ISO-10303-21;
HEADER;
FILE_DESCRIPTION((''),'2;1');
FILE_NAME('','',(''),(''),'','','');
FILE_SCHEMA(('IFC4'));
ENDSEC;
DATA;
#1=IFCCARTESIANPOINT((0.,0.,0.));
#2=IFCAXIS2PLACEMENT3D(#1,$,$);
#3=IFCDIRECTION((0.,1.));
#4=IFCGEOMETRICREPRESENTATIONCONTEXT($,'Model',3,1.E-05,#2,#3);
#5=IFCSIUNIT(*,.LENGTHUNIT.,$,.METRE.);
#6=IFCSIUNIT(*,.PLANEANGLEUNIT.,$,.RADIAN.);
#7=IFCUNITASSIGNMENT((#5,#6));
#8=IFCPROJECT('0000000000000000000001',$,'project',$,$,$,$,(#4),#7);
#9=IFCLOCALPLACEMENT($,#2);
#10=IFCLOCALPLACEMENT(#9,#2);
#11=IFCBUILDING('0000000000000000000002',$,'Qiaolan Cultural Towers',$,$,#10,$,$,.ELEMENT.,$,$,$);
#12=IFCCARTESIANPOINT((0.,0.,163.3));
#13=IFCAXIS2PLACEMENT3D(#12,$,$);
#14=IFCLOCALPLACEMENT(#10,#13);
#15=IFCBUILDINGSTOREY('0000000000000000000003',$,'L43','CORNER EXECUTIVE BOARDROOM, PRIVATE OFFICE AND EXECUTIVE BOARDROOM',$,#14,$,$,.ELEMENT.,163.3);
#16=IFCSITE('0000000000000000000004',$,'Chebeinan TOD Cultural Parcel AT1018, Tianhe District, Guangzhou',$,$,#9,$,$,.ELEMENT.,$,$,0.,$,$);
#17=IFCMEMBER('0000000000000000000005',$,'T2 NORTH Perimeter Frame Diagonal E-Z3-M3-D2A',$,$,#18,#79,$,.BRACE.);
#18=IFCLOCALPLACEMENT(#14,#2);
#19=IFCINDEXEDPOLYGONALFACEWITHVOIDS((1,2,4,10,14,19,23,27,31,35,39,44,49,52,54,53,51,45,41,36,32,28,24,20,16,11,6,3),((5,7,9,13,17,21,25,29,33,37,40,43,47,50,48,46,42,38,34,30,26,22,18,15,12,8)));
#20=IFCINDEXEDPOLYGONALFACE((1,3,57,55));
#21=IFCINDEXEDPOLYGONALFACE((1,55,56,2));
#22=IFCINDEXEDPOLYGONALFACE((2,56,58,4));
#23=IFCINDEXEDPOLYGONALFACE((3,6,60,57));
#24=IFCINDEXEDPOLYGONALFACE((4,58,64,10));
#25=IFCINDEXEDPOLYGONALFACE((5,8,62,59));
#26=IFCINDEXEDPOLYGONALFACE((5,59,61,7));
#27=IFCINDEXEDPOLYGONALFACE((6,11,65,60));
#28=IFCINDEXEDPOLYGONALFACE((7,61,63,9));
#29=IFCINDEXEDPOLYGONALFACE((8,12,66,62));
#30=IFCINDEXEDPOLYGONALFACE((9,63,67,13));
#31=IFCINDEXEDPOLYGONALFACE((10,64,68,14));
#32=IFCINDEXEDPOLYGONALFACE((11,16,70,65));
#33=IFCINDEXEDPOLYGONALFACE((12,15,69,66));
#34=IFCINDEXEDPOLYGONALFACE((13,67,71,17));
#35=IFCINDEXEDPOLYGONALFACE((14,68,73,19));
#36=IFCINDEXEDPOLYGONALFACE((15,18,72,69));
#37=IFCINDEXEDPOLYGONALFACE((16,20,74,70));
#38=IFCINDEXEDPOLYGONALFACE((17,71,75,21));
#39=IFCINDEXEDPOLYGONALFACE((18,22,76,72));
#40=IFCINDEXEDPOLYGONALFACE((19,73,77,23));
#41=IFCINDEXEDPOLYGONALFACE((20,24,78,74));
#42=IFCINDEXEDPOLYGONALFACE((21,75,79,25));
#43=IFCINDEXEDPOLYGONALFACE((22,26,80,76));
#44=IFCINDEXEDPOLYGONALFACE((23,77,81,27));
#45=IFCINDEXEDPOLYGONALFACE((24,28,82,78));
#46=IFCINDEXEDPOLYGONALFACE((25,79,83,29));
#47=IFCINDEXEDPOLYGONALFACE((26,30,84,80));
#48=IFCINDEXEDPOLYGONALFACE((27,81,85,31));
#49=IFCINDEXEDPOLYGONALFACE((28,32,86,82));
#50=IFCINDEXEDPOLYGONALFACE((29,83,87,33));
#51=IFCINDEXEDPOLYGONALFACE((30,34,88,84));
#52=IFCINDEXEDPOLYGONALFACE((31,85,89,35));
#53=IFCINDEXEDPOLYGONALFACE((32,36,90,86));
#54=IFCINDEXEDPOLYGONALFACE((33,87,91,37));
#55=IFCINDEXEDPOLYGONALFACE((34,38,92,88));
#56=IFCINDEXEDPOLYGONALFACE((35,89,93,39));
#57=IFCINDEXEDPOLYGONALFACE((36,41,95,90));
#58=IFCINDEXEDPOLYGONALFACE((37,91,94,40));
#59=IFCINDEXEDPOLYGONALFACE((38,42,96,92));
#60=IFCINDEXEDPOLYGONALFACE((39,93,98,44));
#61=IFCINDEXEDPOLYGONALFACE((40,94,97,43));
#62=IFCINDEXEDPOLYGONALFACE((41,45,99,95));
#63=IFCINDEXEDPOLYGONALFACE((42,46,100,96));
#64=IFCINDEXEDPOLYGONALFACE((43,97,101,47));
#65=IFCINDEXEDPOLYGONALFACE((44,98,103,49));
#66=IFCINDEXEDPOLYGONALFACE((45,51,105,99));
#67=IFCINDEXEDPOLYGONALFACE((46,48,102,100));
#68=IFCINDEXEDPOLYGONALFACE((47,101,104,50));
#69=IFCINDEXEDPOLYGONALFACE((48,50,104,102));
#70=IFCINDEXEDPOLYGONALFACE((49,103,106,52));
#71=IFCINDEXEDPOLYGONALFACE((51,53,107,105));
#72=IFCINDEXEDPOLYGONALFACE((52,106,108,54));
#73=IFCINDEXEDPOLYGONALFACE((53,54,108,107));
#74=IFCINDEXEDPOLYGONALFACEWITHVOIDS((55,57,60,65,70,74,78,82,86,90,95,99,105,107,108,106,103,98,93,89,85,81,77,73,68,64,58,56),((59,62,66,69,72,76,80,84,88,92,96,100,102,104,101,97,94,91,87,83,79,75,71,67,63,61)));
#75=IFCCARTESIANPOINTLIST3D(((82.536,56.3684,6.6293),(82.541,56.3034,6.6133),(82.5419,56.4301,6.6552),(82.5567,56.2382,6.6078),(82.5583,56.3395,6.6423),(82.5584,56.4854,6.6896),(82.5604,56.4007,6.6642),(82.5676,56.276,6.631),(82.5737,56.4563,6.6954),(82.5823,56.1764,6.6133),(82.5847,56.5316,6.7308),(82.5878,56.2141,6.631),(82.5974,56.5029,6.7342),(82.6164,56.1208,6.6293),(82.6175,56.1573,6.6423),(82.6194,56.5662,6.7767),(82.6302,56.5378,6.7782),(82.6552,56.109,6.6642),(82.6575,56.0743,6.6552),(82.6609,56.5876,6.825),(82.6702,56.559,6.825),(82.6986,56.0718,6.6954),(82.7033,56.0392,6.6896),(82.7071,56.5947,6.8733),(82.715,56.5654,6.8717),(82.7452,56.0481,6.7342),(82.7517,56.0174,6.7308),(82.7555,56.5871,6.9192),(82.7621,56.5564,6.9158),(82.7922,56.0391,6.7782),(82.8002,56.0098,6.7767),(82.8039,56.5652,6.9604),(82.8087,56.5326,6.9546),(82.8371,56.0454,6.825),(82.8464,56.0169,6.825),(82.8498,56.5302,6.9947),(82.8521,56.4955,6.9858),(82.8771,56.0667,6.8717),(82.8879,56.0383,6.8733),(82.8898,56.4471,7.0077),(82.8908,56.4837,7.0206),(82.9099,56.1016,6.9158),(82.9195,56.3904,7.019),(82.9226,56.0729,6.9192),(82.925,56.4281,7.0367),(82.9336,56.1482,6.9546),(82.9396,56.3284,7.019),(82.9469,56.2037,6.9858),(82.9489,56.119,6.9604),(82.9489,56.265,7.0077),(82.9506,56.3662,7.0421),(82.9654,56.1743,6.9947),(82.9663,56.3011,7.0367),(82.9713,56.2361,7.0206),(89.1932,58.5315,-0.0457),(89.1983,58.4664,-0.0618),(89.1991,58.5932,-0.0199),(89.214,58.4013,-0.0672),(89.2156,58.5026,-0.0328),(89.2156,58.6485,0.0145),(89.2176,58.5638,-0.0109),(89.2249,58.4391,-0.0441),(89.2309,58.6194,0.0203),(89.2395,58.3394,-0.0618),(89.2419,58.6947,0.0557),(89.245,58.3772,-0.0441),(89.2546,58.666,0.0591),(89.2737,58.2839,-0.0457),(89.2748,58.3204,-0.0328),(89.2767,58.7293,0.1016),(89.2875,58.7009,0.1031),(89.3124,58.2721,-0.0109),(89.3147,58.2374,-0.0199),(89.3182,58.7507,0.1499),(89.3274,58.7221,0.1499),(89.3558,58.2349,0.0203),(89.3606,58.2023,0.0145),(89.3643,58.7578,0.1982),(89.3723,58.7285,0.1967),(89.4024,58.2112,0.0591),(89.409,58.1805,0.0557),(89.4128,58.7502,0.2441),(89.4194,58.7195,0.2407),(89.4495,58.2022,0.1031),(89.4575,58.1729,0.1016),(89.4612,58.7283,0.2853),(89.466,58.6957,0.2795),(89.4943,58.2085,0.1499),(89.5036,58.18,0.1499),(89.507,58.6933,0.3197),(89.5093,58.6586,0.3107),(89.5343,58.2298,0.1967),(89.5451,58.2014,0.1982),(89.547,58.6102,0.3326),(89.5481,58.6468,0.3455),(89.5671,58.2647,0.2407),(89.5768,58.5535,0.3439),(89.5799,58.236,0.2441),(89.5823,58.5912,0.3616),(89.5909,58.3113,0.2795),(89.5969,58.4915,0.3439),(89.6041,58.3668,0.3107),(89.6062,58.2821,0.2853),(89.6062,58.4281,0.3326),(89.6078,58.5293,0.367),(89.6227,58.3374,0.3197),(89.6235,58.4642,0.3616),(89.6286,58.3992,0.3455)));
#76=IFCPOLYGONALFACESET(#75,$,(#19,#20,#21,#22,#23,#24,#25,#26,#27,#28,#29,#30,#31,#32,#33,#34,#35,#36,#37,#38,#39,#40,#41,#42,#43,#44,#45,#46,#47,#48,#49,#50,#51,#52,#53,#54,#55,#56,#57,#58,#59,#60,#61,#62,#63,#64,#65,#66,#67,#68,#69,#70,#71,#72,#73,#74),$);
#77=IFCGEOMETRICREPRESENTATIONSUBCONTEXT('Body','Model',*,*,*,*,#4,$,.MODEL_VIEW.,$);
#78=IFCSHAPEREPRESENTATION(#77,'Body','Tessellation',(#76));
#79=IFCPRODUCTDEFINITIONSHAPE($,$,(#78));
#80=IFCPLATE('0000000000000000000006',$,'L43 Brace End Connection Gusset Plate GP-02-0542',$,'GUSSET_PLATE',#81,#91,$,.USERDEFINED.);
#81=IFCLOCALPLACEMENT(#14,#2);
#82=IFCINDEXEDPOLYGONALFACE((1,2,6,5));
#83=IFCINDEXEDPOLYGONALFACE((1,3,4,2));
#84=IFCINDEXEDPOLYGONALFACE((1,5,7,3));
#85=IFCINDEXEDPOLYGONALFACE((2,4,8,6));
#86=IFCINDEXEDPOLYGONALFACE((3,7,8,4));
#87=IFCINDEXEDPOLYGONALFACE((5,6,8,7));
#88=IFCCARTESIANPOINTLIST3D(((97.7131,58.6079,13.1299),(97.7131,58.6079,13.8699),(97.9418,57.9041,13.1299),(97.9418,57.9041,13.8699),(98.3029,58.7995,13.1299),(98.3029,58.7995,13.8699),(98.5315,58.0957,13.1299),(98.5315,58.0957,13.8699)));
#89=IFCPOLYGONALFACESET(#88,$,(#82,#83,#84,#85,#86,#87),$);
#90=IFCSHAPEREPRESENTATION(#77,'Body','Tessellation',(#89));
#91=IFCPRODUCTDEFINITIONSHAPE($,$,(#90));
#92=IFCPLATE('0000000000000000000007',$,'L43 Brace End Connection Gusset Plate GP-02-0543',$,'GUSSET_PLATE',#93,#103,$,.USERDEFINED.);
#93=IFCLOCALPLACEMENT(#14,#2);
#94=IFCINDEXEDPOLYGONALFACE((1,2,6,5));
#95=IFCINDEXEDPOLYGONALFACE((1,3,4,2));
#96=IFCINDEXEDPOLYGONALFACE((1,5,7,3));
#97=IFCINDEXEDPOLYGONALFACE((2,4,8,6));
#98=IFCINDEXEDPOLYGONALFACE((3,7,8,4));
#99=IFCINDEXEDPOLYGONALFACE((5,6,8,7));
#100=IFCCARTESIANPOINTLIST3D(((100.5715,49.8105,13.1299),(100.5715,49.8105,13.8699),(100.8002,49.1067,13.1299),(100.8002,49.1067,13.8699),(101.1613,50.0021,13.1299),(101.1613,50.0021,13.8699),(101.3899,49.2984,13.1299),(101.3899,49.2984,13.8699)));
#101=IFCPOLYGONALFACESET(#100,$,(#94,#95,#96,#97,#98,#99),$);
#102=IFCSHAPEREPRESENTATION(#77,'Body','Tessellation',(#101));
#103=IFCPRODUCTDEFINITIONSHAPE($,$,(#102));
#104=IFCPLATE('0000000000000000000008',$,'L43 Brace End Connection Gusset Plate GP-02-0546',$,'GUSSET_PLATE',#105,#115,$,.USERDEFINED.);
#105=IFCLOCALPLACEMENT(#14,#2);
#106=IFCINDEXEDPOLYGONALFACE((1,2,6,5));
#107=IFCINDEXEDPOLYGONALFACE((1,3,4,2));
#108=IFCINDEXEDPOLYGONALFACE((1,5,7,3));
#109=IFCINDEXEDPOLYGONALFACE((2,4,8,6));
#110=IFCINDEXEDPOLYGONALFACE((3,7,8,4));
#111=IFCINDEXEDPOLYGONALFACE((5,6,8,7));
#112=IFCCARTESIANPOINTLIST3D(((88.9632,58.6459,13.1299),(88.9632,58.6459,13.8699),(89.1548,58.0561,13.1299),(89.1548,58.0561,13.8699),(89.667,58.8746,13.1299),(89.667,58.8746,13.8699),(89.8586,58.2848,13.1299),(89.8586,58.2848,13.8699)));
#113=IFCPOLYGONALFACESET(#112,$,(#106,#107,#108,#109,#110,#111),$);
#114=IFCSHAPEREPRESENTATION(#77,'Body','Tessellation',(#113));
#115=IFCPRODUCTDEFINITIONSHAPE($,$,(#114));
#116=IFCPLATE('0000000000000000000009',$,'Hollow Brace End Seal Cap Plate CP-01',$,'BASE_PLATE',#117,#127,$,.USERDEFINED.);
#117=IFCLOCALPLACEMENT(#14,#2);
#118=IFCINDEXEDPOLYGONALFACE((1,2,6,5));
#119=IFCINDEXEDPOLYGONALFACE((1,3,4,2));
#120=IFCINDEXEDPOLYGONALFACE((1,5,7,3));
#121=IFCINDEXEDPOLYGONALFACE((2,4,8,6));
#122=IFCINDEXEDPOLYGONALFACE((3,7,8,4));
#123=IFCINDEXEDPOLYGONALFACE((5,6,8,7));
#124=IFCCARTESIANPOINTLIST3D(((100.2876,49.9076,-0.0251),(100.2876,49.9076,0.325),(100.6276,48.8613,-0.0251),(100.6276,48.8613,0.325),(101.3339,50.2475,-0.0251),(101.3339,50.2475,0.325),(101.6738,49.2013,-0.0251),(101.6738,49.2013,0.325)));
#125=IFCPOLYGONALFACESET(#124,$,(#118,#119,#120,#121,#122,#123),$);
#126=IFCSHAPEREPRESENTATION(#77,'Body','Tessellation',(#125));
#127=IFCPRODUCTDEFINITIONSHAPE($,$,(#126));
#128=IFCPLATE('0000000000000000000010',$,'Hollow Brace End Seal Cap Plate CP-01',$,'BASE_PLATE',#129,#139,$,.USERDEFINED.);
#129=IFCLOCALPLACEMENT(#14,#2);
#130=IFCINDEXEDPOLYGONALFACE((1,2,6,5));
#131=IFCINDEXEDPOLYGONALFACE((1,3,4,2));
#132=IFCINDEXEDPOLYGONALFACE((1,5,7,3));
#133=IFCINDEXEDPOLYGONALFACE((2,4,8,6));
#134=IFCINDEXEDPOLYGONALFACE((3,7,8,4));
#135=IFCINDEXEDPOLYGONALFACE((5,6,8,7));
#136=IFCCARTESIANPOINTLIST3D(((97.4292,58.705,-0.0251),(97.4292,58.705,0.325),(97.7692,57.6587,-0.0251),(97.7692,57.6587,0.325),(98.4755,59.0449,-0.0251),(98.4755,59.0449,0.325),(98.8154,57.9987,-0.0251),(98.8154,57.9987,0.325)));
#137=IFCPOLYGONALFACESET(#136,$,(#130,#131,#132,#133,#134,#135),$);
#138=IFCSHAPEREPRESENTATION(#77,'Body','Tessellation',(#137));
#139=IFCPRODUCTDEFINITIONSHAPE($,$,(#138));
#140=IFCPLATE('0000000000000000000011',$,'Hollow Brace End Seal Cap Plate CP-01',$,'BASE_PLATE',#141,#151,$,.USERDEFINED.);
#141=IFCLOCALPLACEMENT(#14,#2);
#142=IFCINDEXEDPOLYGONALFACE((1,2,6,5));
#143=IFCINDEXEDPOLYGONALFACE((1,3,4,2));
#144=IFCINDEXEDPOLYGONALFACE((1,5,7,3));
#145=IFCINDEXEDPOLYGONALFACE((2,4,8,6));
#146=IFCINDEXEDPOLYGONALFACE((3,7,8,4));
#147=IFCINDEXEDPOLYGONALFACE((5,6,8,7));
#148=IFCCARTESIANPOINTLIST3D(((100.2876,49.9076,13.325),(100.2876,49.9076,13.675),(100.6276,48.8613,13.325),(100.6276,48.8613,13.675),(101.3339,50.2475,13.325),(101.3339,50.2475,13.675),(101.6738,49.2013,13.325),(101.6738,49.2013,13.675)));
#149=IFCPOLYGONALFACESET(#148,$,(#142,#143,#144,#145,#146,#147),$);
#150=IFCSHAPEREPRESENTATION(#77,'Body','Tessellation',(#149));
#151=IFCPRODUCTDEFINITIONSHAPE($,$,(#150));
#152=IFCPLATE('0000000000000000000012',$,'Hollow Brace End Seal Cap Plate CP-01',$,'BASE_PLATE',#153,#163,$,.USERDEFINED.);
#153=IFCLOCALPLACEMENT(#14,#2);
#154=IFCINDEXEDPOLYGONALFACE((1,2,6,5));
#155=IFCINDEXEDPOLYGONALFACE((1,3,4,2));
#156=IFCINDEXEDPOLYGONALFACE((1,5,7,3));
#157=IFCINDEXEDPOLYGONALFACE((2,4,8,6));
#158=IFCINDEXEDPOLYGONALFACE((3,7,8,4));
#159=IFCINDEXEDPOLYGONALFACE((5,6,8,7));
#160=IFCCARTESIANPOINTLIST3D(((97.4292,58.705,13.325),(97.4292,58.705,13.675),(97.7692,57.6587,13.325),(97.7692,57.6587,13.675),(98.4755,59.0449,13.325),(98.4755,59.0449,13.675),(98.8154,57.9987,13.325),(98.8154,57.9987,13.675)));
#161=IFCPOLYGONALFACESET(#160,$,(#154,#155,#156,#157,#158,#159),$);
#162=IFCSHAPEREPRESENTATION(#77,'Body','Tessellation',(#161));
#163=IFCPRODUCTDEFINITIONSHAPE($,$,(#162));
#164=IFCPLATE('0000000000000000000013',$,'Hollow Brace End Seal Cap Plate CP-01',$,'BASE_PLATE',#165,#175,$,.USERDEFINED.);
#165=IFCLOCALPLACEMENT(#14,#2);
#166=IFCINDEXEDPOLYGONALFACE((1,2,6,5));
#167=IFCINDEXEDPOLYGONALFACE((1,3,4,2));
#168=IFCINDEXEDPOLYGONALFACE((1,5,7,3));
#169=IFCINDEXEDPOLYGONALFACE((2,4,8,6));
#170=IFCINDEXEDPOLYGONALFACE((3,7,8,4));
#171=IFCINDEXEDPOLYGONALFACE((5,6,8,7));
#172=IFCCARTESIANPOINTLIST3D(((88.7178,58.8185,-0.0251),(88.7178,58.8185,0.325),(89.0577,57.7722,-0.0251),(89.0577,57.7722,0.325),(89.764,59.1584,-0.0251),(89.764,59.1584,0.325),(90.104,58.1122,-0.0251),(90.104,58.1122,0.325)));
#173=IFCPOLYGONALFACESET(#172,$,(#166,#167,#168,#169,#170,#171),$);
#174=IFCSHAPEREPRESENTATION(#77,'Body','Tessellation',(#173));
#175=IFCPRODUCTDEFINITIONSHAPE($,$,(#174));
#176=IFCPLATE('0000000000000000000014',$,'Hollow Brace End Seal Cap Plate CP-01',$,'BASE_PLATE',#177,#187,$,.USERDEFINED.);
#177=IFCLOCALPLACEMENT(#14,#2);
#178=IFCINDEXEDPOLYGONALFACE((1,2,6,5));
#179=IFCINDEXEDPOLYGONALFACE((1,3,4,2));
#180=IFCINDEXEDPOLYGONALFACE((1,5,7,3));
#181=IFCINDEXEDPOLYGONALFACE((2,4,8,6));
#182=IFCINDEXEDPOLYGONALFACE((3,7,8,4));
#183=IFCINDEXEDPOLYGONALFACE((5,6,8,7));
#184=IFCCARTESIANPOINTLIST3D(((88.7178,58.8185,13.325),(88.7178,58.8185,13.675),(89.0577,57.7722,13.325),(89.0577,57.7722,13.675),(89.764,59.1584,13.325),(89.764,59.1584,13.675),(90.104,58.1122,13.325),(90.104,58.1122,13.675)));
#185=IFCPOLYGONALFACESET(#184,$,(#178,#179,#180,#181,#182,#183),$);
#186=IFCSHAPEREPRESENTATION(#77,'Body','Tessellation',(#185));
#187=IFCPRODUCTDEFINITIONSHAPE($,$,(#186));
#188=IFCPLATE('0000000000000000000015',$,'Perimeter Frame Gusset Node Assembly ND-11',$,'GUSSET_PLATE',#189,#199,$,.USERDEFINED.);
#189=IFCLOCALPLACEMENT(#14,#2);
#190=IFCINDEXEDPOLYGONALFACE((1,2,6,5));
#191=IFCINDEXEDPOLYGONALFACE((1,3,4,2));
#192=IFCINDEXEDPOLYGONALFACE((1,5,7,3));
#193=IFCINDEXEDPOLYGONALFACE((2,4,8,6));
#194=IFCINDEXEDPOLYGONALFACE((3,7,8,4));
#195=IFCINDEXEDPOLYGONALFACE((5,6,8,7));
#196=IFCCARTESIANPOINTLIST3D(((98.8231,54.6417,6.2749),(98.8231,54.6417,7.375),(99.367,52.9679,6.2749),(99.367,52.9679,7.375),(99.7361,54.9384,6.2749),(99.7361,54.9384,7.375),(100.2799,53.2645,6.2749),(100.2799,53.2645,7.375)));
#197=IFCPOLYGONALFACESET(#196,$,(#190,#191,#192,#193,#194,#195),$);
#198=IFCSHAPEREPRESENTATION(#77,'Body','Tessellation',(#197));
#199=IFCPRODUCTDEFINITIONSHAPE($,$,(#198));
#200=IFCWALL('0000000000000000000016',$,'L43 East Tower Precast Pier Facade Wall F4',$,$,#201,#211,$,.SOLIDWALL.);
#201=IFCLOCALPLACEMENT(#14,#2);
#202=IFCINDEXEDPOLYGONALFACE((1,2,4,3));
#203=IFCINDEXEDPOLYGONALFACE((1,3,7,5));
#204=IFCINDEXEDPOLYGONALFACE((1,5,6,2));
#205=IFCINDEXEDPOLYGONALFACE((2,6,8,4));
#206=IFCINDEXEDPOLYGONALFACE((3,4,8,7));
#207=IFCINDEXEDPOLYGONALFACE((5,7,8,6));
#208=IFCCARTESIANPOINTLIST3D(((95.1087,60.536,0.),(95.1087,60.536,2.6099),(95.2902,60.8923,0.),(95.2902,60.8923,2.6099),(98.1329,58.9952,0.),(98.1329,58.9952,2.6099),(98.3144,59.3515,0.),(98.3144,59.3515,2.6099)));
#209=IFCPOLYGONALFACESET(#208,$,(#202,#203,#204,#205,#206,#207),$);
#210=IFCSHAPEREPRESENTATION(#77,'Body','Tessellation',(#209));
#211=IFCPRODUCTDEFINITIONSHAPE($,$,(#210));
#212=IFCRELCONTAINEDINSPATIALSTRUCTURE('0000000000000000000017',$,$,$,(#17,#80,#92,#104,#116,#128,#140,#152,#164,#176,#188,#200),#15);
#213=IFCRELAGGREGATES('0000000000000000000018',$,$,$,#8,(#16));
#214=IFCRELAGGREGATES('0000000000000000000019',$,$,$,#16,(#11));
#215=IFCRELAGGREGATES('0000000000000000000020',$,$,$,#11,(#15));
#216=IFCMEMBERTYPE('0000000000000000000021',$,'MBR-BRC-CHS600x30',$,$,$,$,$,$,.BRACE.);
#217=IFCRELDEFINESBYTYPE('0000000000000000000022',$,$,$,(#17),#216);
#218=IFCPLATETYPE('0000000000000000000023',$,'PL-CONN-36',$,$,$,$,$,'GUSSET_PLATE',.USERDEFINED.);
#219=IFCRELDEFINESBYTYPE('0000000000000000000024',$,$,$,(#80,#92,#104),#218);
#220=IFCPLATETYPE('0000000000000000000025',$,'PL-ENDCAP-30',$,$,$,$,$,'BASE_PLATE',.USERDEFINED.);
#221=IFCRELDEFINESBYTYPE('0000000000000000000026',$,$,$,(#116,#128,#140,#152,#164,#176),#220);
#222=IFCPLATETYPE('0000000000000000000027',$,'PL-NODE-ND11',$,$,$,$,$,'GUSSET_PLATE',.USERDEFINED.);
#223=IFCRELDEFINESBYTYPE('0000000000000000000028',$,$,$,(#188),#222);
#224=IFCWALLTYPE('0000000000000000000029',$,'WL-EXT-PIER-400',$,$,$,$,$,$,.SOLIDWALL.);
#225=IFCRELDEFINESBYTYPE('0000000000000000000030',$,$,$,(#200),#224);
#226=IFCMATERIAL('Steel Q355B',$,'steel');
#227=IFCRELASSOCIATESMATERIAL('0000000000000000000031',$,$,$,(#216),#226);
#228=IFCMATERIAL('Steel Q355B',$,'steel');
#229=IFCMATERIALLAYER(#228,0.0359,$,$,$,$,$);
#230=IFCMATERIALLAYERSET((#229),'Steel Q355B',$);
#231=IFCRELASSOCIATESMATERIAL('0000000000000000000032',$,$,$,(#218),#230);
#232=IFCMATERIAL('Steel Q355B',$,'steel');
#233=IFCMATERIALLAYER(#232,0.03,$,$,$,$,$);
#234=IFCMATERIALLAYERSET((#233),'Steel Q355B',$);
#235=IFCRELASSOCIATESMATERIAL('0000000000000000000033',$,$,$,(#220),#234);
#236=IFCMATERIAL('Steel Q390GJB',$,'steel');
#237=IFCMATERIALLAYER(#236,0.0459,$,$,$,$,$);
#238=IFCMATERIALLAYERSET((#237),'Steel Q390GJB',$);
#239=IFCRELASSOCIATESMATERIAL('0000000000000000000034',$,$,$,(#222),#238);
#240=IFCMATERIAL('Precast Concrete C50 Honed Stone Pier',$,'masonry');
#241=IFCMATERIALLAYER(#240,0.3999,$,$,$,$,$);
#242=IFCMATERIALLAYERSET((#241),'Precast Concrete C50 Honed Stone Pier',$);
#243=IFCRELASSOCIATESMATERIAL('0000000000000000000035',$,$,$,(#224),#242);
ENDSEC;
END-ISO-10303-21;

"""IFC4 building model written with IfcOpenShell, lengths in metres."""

from ifc_helpers import new_model, si_unit, direction, frame, frame_2d, origin, origin_2d, place, context, subcontext, project, spatial, rectangle, hollow_circle, extrude, material, layer, layer_set, material_profile, profile_set, type_object, element, save


model = new_model("IFC4")

# Units and contexts
model_context = context("Model", 3, precision=1e-05, world=origin(), true_north=direction((0.0, 1.0)))
body_context = subcontext(model_context, "Body", "Model", "MODEL_VIEW")
ifc_project = project(units=[si_unit("LENGTHUNIT", "METRE"), si_unit("PLANEANGLEUNIT", "RADIAN")], contexts=[model_context])

# Site, building, storey
site_placement = place(None, origin())
site = spatial("IfcSite", under=ifc_project, at=site_placement, Name="Chebeinan TOD Cultural Parcel AT1018, Tianhe District, Guangzhou", CompositionType="ELEMENT", RefElevation=0.0)
building_placement = place(site_placement, origin())
building = spatial("IfcBuilding", under=site, at=building_placement, Name="Qiaolan Cultural Towers", CompositionType="ELEMENT")
storey_placement = place(building_placement, frame((0.0, 0.0, 163.3)))
storey = spatial("IfcBuildingStorey", under=building, at=storey_placement, Name="L43", Description="CORNER EXECUTIVE BOARDROOM, PRIVATE OFFICE AND EXECUTIVE BOARDROOM", CompositionType="ELEMENT", Elevation=163.3)

# Member
ifc_material_1 = material(Name="Steel Q355B", Category="steel")
ifc_material_profile_1 = material_profile(ifc_material_1, hollow_circle(Radius=0.3, WallThickness=0.03, at=origin_2d()), Name="CHS600x30")
ifc_profile_set_1 = profile_set([ifc_material_profile_1], Name="Steel Q355B")
member_type = type_object("IfcMemberType", Name="MBR-BRC-CHS600x30", PredefinedType="BRACE", material=ifc_profile_set_1)
member_placement = place(storey_placement, frame((89.4109, 58.4653, 0.1499), z_axis=(-0.688276, -0.223637, 0.690118), x_axis=(0.30902, -0.951056, 0.0)))
element("IfcMember", 1, at=member_placement, inside=storey, type_object=member_type, Name="T2 NORTH Perimeter Frame Diagonal E-Z3-M3-D2A", PredefinedType="BRACE", context=body_context, shape_type="SweptSolid", body=[
    extrude(hollow_circle(Radius=0.3, WallThickness=0.03, at=origin_2d()), origin(), (0.0, 0.0, 1.0), 9.6724),
])

# Plates
ifc_material_2 = material(Name="Steel Q355B", Category="steel")
ifc_layer_1 = layer(ifc_material_2, 0.0359)
ifc_layer_set_1 = layer_set([ifc_layer_1], Name="Steel Q355B")
plate_type_1 = type_object("IfcPlateType", Name="PL-CONN-36", ElementType="GUSSET_PLATE", PredefinedType="USERDEFINED", material=ifc_layer_set_1)
for number, where, z_axis, x_axis, name in (
    (2, (98.1223, 58.3518, 13.1299), (0.0, 0.0, 1.0), (-0.309017, 0.951057, 0.0), "L43 Brace End Connection Gusset Plate GP-02-0542"),
    (3, (100.9807, 49.5544, 13.1299), (0.0, 0.0, 1.0), (-0.309017, 0.951057, 0.0), "L43 Brace End Connection Gusset Plate GP-02-0543"),
    (4, (89.4109, 58.4653, 13.1299), (0.0, 0.0, 1.0), (0.951057, 0.309017, 0.0), "L43 Brace End Connection Gusset Plate GP-02-0546"),
):
    element("IfcPlate", number, at=place(storey_placement, frame(where, z_axis=z_axis, x_axis=x_axis)), inside=storey, type_object=plate_type_1, Name=name, ObjectType="GUSSET_PLATE", PredefinedType="USERDEFINED", context=body_context, shape_type="SweptSolid", body=[
        extrude(rectangle(XDim=0.74, YDim=0.6201, at=origin_2d()), origin(), (0.0, 0.0, 1.0), 0.74),
    ])
ifc_material_3 = material(Name="Steel Q355B", Category="steel")
ifc_layer_2 = layer(ifc_material_3, 0.03)
ifc_layer_set_2 = layer_set([ifc_layer_2], Name="Steel Q355B")
plate_type_2 = type_object("IfcPlateType", Name="PL-ENDCAP-30", ElementType="BASE_PLATE", PredefinedType="USERDEFINED", material=ifc_layer_set_2)
for number, where, z_axis, x_axis, name in (
    (5, (100.9807, 49.5544, -0.0251), (0.0, 0.0, 1.0), (-0.309017, 0.951057, 0.0), "Hollow Brace End Seal Cap Plate CP-01"),
    (6, (98.1223, 58.3518, -0.0251), (0.0, 0.0, 1.0), (-0.309017, 0.951057, 0.0), "Hollow Brace End Seal Cap Plate CP-01"),
    (7, (100.9807, 49.5544, 13.325), (0.0, 0.0, 1.0), (-0.309017, 0.951057, 0.0), "Hollow Brace End Seal Cap Plate CP-01"),
    (8, (98.1223, 58.3518, 13.325), (0.0, 0.0, 1.0), (-0.309017, 0.951057, 0.0), "Hollow Brace End Seal Cap Plate CP-01"),
    (9, (89.4109, 58.4653, -0.0251), (0.0, 0.0, 1.0), (0.951057, 0.309017, 0.0), "Hollow Brace End Seal Cap Plate CP-01"),
    (10, (89.4109, 58.4653, 13.325), (0.0, 0.0, 1.0), (0.951057, 0.309017, 0.0), "Hollow Brace End Seal Cap Plate CP-01"),
):
    element("IfcPlate", number, at=place(storey_placement, frame(where, z_axis=z_axis, x_axis=x_axis)), inside=storey, type_object=plate_type_2, Name=name, ObjectType="BASE_PLATE", PredefinedType="USERDEFINED", context=body_context, shape_type="SweptSolid", body=[
        extrude(rectangle(XDim=1.1001, YDim=1.1001, at=origin_2d()), origin(), (0.0, 0.0, 1.0), 0.3501),
    ])
ifc_material_4 = material(Name="Steel Q390GJB", Category="steel")
ifc_layer_3 = layer(ifc_material_4, 0.0459)
ifc_layer_set_3 = layer_set([ifc_layer_3], Name="Steel Q390GJB")
plate_type_3 = type_object("IfcPlateType", Name="PL-NODE-ND11", ElementType="GUSSET_PLATE", PredefinedType="USERDEFINED", material=ifc_layer_set_3)
plate_placement = place(storey_placement, frame((99.5515, 53.9531, 6.2749), z_axis=(0.0, 0.0, 1.0), x_axis=(-0.309017, 0.951057, 0.0)))
element("IfcPlate", 11, at=plate_placement, inside=storey, type_object=plate_type_3, Name="Perimeter Frame Gusset Node Assembly ND-11", ObjectType="GUSSET_PLATE", PredefinedType="USERDEFINED", context=body_context, shape_type="SweptSolid", body=[
    extrude(rectangle(XDim=1.76, YDim=0.96, at=origin_2d()), origin(), (0.0, 0.0, 1.0), 1.1001),
])

# Wall
ifc_material_5 = material(Name="Precast Concrete C50 Honed Stone Pier", Category="masonry")
ifc_layer_4 = layer(ifc_material_5, 0.3999)
ifc_layer_set_4 = layer_set([ifc_layer_4], Name="Precast Concrete C50 Honed Stone Pier")
wall_type_1 = type_object("IfcWallType", Name="WL-EXT-PIER-400", PredefinedType="SOLIDWALL", material=ifc_layer_set_4)
wall_1_placement = place(storey_placement, frame((95.1995, 60.7141, 0.0), z_axis=(0.0, 0.0, 1.0), x_axis=(0.891021, -0.453962, 0.0)))
element("IfcWall", 12, at=wall_1_placement, inside=storey, type_object=wall_type_1, Name="L43 East Tower Precast Pier Facade Wall F4", PredefinedType="SOLIDWALL", context=body_context, shape_type="SweptSolid", body=[
    extrude(rectangle(XDim=3.394, YDim=0.3999, at=frame_2d((1.697, 0.0))), origin(), (0.0, 0.0, 1.0), 2.6099),
])

save(model, "model.ifc")
